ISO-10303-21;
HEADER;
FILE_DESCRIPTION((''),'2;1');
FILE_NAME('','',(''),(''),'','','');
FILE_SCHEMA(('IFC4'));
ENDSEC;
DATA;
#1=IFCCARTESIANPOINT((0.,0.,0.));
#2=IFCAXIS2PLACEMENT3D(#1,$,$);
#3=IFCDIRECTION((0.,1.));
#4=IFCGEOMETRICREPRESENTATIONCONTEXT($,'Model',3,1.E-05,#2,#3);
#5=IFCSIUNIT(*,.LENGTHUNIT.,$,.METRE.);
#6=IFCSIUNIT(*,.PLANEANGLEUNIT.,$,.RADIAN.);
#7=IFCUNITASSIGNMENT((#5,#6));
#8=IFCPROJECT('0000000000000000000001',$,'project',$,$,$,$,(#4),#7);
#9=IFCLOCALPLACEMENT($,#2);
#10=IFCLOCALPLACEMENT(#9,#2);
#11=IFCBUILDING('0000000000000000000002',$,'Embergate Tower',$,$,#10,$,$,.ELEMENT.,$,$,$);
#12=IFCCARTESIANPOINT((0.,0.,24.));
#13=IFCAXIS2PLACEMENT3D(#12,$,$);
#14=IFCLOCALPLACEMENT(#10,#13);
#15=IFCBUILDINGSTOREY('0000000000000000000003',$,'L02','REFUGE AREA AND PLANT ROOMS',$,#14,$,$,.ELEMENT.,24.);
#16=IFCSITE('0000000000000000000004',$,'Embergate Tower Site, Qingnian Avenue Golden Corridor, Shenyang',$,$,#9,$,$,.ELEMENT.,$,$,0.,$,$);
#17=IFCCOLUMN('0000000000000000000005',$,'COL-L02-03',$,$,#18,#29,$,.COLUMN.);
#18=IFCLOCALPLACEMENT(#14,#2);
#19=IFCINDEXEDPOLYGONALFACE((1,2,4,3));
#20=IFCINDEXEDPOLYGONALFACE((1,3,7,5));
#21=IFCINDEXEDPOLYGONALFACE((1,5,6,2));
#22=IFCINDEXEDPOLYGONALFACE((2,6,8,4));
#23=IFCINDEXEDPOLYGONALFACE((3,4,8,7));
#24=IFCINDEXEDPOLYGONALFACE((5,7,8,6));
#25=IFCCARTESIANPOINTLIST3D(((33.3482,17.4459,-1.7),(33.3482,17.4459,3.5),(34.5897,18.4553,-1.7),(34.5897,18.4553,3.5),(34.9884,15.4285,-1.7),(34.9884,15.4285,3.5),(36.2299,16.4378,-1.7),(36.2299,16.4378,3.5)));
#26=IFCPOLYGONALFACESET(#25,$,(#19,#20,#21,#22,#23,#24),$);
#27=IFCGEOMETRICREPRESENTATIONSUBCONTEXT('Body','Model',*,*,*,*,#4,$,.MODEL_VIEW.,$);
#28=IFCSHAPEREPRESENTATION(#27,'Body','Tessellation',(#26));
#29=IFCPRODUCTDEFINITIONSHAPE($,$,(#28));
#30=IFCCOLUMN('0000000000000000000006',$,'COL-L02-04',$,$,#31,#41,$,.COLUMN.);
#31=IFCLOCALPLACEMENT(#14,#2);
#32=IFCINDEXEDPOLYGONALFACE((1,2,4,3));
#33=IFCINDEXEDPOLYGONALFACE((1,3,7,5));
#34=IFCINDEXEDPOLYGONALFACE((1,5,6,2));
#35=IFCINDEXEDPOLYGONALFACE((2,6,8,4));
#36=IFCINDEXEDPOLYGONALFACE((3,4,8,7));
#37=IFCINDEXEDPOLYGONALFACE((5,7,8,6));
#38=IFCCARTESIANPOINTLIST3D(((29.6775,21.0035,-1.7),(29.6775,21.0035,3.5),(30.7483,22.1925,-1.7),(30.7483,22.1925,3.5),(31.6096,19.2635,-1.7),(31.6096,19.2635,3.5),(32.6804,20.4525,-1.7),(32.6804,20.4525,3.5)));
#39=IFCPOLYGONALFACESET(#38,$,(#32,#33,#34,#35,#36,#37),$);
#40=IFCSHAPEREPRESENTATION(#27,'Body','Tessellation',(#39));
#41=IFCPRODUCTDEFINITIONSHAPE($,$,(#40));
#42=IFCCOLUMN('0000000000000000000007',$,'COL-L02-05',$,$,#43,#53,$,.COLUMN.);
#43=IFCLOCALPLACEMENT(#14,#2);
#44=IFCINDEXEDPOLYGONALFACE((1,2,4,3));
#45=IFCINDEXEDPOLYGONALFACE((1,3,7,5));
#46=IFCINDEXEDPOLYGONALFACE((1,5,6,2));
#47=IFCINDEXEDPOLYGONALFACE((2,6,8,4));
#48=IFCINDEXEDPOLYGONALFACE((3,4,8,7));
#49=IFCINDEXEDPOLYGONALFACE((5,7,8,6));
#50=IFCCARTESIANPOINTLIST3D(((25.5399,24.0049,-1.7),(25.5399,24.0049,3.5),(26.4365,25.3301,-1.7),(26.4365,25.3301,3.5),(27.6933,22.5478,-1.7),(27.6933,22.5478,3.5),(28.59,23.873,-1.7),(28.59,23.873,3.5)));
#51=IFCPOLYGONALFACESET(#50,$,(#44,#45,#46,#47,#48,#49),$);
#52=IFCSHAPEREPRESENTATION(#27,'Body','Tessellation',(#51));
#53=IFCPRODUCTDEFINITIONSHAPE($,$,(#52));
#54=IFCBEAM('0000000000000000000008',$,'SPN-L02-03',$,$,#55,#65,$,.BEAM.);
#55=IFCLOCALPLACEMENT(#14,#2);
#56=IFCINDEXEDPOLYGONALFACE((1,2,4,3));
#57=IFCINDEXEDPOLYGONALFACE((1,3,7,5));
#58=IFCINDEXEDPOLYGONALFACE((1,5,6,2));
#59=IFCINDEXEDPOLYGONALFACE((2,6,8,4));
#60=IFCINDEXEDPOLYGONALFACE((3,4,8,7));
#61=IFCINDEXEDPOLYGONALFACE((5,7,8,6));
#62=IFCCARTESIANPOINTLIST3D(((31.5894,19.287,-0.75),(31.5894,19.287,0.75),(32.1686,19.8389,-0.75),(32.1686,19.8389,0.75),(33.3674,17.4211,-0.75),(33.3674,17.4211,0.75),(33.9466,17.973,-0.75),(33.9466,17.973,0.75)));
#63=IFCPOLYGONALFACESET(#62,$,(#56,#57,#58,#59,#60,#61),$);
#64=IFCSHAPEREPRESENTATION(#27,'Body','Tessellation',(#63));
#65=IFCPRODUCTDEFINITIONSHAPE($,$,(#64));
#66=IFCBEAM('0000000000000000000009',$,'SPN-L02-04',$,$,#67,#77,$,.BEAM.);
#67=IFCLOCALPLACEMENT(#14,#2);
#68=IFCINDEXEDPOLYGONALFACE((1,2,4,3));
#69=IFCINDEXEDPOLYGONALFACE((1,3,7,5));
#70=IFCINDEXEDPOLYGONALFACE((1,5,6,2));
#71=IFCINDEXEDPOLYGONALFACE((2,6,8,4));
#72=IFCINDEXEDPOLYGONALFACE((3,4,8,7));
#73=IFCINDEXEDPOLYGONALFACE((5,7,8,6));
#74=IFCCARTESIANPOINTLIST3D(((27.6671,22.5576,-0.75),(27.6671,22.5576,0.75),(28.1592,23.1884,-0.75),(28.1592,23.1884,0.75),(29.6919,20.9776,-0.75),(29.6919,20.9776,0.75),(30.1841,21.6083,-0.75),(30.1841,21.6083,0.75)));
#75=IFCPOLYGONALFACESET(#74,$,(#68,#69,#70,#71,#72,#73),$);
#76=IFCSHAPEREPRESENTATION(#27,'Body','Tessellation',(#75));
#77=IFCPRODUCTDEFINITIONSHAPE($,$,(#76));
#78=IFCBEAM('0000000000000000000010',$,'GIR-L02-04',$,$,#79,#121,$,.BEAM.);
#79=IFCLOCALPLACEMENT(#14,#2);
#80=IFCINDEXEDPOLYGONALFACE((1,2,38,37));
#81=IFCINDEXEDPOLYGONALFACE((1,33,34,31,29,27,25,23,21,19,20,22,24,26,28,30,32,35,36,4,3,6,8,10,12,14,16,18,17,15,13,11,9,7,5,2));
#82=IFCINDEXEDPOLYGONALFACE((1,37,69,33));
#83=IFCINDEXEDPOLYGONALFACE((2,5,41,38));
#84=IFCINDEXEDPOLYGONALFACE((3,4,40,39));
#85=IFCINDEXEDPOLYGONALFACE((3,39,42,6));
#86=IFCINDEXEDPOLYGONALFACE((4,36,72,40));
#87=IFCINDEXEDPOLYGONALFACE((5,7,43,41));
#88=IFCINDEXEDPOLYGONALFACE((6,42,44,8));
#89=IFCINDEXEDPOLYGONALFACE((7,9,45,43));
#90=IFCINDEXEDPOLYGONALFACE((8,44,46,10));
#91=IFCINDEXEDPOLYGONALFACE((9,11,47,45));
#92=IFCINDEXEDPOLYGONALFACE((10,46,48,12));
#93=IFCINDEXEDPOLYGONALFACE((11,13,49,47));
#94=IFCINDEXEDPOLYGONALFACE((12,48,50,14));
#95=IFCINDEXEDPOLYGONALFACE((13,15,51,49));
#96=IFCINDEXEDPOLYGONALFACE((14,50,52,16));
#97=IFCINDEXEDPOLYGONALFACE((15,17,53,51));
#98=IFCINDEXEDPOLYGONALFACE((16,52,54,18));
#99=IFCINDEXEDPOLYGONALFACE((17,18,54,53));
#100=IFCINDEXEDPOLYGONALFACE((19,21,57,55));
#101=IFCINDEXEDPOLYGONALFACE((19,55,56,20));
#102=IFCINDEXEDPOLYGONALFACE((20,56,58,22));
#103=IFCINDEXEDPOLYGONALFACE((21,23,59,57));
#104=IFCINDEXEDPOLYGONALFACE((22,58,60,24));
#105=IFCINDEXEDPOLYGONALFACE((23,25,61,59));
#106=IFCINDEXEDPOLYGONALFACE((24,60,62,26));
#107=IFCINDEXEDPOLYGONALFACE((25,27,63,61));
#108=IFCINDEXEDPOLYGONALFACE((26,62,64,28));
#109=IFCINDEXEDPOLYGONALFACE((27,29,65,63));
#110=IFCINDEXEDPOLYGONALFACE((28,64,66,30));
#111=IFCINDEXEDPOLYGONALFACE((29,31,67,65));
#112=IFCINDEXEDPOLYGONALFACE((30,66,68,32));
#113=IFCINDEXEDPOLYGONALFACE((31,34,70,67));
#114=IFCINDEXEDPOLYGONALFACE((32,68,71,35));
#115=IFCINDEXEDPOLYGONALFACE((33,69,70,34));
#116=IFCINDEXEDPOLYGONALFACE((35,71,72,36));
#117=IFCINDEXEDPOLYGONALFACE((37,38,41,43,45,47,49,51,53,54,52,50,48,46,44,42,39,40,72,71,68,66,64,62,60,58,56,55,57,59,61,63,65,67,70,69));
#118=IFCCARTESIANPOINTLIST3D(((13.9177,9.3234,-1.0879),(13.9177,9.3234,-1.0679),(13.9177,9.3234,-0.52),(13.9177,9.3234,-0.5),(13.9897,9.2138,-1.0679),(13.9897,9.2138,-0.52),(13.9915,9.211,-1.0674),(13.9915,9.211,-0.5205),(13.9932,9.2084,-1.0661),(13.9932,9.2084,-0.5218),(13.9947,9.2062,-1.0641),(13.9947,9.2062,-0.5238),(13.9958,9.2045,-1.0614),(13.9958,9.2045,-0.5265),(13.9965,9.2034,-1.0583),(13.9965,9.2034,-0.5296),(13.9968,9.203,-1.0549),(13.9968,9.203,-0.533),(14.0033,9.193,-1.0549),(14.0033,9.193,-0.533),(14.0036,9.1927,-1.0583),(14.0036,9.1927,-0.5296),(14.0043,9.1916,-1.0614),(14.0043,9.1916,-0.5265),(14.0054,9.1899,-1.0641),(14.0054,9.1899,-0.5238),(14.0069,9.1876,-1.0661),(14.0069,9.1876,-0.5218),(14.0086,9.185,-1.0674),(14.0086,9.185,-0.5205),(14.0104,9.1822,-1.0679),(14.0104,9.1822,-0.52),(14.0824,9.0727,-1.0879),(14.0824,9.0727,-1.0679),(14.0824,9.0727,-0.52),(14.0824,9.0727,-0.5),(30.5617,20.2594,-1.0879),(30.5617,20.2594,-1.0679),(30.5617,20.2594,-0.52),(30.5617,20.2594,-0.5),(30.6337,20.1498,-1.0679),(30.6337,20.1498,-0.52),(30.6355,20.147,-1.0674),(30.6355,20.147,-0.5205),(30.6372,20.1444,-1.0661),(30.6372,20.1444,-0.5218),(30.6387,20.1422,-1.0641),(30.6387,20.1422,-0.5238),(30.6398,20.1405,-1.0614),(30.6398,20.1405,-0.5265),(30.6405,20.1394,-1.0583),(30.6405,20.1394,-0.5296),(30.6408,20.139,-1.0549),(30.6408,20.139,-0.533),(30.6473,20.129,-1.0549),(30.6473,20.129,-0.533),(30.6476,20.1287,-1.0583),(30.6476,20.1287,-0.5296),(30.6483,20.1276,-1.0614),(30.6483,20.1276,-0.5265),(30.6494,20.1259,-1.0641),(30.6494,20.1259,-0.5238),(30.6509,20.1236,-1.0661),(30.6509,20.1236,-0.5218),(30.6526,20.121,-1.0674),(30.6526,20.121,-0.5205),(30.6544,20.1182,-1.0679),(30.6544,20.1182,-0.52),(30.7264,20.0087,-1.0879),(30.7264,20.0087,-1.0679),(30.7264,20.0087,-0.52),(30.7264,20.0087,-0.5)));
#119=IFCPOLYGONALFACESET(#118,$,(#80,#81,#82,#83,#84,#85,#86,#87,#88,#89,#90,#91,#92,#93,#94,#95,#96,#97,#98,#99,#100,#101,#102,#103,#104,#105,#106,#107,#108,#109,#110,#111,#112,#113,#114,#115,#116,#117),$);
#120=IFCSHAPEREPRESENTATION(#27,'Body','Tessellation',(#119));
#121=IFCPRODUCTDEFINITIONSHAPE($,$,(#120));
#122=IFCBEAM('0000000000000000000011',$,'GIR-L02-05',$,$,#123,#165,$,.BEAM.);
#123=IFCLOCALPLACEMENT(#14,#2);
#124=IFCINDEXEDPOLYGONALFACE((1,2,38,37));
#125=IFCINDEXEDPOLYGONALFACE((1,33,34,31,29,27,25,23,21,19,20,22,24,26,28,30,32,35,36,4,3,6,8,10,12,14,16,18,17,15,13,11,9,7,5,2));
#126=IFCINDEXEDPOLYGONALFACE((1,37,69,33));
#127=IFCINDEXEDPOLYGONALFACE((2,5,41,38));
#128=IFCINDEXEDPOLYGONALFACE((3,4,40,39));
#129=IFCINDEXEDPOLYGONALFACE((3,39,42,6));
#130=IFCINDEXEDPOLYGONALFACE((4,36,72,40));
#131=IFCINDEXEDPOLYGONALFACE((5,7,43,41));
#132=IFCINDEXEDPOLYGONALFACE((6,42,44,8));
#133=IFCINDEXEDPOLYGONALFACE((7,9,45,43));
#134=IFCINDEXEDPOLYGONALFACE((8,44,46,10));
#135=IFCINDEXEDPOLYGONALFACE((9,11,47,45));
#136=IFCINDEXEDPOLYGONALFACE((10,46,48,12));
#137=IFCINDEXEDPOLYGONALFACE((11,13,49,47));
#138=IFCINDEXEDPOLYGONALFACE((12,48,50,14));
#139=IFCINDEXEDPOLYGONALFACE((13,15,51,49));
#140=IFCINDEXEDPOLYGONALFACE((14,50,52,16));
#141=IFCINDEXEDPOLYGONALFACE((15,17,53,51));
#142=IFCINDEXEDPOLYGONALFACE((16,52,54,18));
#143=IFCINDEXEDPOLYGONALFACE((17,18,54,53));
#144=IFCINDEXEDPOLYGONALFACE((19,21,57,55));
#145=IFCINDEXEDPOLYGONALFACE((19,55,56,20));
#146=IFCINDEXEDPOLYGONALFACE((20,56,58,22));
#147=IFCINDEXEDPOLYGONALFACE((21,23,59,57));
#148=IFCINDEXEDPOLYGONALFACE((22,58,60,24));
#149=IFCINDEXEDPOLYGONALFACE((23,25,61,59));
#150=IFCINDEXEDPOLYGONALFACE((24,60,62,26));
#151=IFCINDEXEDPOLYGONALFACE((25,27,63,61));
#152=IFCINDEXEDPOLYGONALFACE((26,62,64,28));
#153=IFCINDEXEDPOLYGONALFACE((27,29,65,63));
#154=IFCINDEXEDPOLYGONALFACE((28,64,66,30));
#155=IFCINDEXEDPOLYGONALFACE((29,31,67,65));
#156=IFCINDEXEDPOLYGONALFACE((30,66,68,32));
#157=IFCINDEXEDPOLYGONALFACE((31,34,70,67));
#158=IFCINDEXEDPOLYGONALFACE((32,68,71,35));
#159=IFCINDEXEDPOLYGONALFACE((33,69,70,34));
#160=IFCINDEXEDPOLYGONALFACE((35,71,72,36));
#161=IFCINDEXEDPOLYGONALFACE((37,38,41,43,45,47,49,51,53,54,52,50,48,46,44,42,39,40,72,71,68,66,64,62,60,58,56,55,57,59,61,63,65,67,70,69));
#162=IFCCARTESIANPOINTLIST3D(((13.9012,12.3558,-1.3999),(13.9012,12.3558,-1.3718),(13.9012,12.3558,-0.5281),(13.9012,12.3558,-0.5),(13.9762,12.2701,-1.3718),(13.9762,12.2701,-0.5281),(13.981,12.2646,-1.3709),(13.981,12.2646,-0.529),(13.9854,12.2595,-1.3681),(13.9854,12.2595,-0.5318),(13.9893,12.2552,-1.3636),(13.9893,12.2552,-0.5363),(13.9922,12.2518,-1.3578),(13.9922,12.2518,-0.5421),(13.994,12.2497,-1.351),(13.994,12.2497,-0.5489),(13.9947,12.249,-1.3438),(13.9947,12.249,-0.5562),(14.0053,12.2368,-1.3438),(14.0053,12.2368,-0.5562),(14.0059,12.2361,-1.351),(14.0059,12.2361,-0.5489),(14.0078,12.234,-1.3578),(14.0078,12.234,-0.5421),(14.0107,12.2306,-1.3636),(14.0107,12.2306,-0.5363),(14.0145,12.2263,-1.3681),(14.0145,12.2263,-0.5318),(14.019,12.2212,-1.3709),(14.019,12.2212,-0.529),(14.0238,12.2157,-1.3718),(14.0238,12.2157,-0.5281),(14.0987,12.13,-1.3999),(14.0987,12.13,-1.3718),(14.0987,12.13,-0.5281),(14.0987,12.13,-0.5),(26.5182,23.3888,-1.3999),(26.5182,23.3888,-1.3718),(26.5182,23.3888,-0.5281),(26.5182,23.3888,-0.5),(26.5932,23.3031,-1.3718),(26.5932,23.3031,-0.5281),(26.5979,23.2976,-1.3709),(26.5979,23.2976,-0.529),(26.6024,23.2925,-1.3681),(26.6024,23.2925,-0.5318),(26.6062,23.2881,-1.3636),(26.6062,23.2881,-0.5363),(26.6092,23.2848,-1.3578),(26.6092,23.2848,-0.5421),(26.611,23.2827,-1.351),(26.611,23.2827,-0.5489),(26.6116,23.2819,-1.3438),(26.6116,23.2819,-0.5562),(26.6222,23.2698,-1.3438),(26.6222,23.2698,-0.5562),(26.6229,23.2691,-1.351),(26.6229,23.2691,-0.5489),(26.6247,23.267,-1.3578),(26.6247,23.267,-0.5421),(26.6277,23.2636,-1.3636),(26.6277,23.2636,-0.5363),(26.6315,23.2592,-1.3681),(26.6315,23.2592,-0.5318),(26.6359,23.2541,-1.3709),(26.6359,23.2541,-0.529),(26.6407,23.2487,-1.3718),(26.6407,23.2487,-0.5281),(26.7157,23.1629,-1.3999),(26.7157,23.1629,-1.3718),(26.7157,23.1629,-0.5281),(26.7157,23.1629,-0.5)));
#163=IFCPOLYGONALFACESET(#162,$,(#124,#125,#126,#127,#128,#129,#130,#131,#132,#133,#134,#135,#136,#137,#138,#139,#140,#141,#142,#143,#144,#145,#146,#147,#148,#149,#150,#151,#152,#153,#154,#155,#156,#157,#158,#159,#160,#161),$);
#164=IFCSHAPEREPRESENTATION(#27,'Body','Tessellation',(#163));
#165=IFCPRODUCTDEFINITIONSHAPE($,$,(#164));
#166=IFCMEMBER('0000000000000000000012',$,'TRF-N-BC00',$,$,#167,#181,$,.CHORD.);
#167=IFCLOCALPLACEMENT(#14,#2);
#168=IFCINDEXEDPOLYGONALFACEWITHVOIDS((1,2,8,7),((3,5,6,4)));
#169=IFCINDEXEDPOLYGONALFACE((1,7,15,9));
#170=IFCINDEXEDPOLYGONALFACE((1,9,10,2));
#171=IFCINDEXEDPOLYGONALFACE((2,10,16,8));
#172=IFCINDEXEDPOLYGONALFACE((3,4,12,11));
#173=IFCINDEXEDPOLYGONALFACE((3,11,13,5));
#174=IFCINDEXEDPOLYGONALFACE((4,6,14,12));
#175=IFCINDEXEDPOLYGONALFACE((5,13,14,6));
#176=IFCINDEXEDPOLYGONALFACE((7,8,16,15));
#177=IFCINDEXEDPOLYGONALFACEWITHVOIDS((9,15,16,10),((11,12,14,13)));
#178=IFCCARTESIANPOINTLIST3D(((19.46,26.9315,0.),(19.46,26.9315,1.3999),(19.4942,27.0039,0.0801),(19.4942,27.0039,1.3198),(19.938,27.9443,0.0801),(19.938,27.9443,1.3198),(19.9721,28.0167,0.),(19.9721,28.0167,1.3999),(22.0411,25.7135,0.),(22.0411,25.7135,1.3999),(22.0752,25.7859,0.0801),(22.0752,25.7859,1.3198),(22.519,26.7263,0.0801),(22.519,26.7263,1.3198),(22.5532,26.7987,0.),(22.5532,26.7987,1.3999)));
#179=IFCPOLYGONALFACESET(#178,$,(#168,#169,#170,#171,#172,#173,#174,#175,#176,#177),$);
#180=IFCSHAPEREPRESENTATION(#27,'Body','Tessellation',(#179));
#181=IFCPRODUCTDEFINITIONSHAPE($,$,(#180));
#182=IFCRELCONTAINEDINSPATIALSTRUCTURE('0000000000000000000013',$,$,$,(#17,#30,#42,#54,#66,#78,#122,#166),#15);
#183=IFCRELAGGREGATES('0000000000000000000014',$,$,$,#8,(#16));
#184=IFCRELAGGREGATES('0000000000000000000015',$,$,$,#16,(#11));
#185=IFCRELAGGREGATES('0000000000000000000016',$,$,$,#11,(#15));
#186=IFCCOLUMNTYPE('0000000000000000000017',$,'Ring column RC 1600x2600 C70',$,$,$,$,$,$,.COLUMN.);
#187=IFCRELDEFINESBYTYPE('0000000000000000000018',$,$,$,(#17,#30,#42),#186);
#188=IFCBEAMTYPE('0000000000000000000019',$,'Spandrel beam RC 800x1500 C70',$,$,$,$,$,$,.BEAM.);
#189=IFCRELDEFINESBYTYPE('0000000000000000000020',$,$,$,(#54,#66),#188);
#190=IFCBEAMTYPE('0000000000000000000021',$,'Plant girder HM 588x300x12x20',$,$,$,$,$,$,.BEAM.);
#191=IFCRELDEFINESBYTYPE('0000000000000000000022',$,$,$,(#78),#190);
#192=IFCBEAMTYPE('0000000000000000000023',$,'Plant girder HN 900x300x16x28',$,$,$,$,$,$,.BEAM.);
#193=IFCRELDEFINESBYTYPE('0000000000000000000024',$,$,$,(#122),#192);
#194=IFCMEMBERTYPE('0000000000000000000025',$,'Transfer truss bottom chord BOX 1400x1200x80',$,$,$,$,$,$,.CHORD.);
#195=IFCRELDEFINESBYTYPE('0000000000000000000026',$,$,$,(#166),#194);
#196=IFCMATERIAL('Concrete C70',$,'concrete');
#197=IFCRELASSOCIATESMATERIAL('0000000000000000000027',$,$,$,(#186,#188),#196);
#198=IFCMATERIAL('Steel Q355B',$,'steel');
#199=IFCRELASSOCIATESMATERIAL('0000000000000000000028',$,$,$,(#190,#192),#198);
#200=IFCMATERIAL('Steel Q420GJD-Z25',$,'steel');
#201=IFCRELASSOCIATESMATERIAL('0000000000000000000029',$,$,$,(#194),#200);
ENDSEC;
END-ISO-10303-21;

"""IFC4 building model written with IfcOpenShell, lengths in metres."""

from ifc_helpers import new_model, si_unit, direction, frame, origin, origin_2d, place, context, subcontext, project, spatial, rectangle, hollow_rectangle, i_section, extrude, source, transform, mapped, material, material_profile, profile_set, type_object, element, save


model = new_model("IFC4")

# Units and contexts
model_context = context("Model", 3, precision=1e-05, world=origin(), true_north=direction((0.0, 1.0)))
body_context = subcontext(model_context, "Body", "Model", "MODEL_VIEW")
ifc_project = project(units=[si_unit("LENGTHUNIT", "METRE"), si_unit("PLANEANGLEUNIT", "RADIAN")], contexts=[model_context])

# Site, building, storey
site_placement = place(None, origin())
site = spatial("IfcSite", under=ifc_project, at=site_placement, Name="Embergate Tower Site, Qingnian Avenue Golden Corridor, Shenyang", CompositionType="ELEMENT", RefElevation=0.0)
building_placement = place(site_placement, origin())
building = spatial("IfcBuilding", under=site, at=building_placement, Name="Embergate Tower", CompositionType="ELEMENT")
storey_placement = place(building_placement, frame((0.0, 0.0, 24.0)))
storey = spatial("IfcBuildingStorey", under=building, at=storey_placement, Name="L02", Description="REFUGE AREA AND PLANT ROOMS", CompositionType="ELEMENT", Elevation=24.0)

# Columns
ifc_material_1 = material(Name="Concrete C70", Category="concrete")
ifc_material_profile_1 = material_profile(ifc_material_1, rectangle(XDim=1.6001, YDim=2.6001, at=origin_2d()), Name="RC 1600x2600")
ifc_profile_set_1 = profile_set([ifc_material_profile_1], Name="Concrete C70")
column_type = type_object("IfcColumnType", Name="Ring column RC 1600x2600 C70", PredefinedType="COLUMN", material=ifc_profile_set_1)
shared_shape_1 = source(origin(), body_context, "Body", "SweptSolid", [
    extrude(rectangle(XDim=1.6001, YDim=2.6001, at=origin_2d()), origin(), (0.0, 0.0, 1.0), 5.2),
])
for number, where, z_axis, x_axis, name in (
    (1, (34.7891, 16.9419, -1.7), (0.0, 0.0, 1.0), (0.775925, 0.630825, 0.0), "COL-L02-03"),
    (2, (31.179, 20.728, -1.7), (0.0, 0.0, 1.0), (0.669208, 0.743075, 0.0), "COL-L02-04"),
    (3, (27.0649, 23.939, -1.7), (0.0, 0.0, 1.0), (0.560393, 0.828227, 0.0), "COL-L02-05"),
):
    element("IfcColumn", number, at=place(storey_placement, frame(where, z_axis=z_axis, x_axis=x_axis)), inside=storey, type_object=column_type, Name=name, PredefinedType="COLUMN", context=body_context, shape_type="MappedRepresentation", body=[
        mapped(shared_shape_1, transform((0.0, 0.0, 0.0))),
    ])

# Beams
ifc_material_profile_2 = material_profile(ifc_material_1, rectangle(XDim=0.8, YDim=1.5, at=origin_2d()), Name="RC 800x1500")
ifc_profile_set_2 = profile_set([ifc_material_profile_2], Name="Concrete C70")
beam_type_1 = type_object("IfcBeamType", Name="Spandrel beam RC 800x1500 C70", PredefinedType="BEAM", material=ifc_profile_set_2)
shared_shape_2 = source(origin(), body_context, "Body", "SweptSolid", [
    extrude(rectangle(XDim=0.8, YDim=1.5, at=origin_2d()), origin(), (0.0, 0.0, 1.0), 2.5774),
])
beam_1_placement = place(storey_placement, frame((33.657, 17.697, 0.0), z_axis=(-0.689851, 0.723951, 0.0), x_axis=(-0.723951, -0.689851, 0.0)))
element("IfcBeam", 4, at=beam_1_placement, inside=storey, type_object=beam_type_1, Name="SPN-L02-03", PredefinedType="BEAM", context=body_context, shape_type="MappedRepresentation", body=[
    mapped(shared_shape_2, transform((0.0, 0.0, 0.0))),
])
shared_shape_3 = source(origin(), body_context, "Body", "SweptSolid", [
    extrude(rectangle(XDim=0.8, YDim=1.5, at=origin_2d()), origin(), (0.0, 0.0, 1.0), 2.5684),
])
beam_2_placement = place(storey_placement, frame((29.938, 21.293, 0.0), z_axis=(-0.788379, 0.61519, 0.0), x_axis=(-0.61519, -0.788379, 0.0)))
element("IfcBeam", 5, at=beam_2_placement, inside=storey, type_object=beam_type_1, Name="SPN-L02-04", PredefinedType="BEAM", context=body_context, shape_type="MappedRepresentation", body=[
    mapped(shared_shape_3, transform((0.0, 0.0, 0.0))),
])
ifc_material_2 = material(Name="Steel Q355B", Category="steel")
ifc_material_profile_3 = material_profile(ifc_material_2, i_section(OverallWidth=0.3, OverallDepth=0.5879, WebThickness=0.012, FlangeThickness=0.02, FilletRadius=0.0129, at=origin_2d()), Name="HM 588x300x12x20")
ifc_profile_set_3 = profile_set([ifc_material_profile_3], Name="Steel Q355 grade B")
beam_type_2 = type_object("IfcBeamType", Name="Plant girder HM 588x300x12x20", PredefinedType="BEAM", material=ifc_profile_set_3)
shared_shape_4 = source(origin(), body_context, "Body", "SweptSolid", [
    extrude(i_section(OverallWidth=0.3, OverallDepth=0.5879, WebThickness=0.012, FlangeThickness=0.02, FilletRadius=0.0129, at=origin_2d()), origin(), (0.0, 0.0, 1.0), 19.9153),
])
beam_3_placement = place(storey_placement, frame((30.644, 20.134, -0.7939), z_axis=(-0.83574, -0.549126, 0.0), x_axis=(0.549126, -0.83574, 0.0)))
element("IfcBeam", 6, at=beam_3_placement, inside=storey, type_object=beam_type_2, Name="GIR-L02-04", PredefinedType="BEAM", context=body_context, shape_type="MappedRepresentation", body=[
    mapped(shared_shape_4, transform((0.0, 0.0, 0.0))),
])
ifc_material_profile_4 = material_profile(ifc_material_2, i_section(OverallWidth=0.3, OverallDepth=0.8999, WebThickness=0.0161, FlangeThickness=0.0281, FilletRadius=0.0281, at=origin_2d()), Name="HN 900x300x16x28")
ifc_profile_set_4 = profile_set([ifc_material_profile_4], Name="Steel Q355 grade B")
beam_type_3 = type_object("IfcBeamType", Name="Plant girder HN 900x300x16x28", PredefinedType="BEAM", material=ifc_profile_set_4)
shared_shape_5 = source(origin(), body_context, "Body", "SweptSolid", [
    extrude(i_section(OverallWidth=0.3, OverallDepth=0.8999, WebThickness=0.0161, FlangeThickness=0.0281, FilletRadius=0.0281, at=origin_2d()), origin(), (0.0, 0.0, 1.0), 16.7605),
])
beam_4_placement = place(storey_placement, frame((26.6169, 23.2759, -0.95), z_axis=(-0.75278, -0.658273, 0.0), x_axis=(0.658273, -0.75278, 0.0)))
element("IfcBeam", 7, at=beam_4_placement, inside=storey, type_object=beam_type_3, Name="GIR-L02-05", PredefinedType="BEAM", context=body_context, shape_type="MappedRepresentation", body=[
    mapped(shared_shape_5, transform((0.0, 0.0, 0.0))),
])

# Member
ifc_material_3 = material(Name="Steel Q420GJD-Z25", Category="steel")
ifc_material_profile_5 = material_profile(ifc_material_3, hollow_rectangle(XDim=1.2, YDim=1.3999, WallThickness=0.0801, at=origin_2d()), Name="BOX 1400x1200x80")
ifc_profile_set_5 = profile_set([ifc_material_profile_5], Name="Steel Q420 grade GJD-Z25")
member_type_1 = type_object("IfcMemberType", Name="Transfer truss bottom chord BOX 1400x1200x80", PredefinedType="CHORD", material=ifc_profile_set_5)
shared_shape_6 = source(origin(), body_context, "Body", "SweptSolid", [
    extrude(hollow_rectangle(XDim=1.2, YDim=1.3999, WallThickness=0.0801, at=origin_2d()), origin(), (0.0, 0.0, 1.0), 2.854),
])
member_1_placement = place(storey_placement, frame((22.2971, 26.2561, 0.7), z_axis=(-0.904359, 0.426773, 0.0), x_axis=(-0.426773, -0.904359, 0.0)))
element("IfcMember", 8, at=member_1_placement, inside=storey, type_object=member_type_1, Name="TRF-N-BC00", PredefinedType="CHORD", context=body_context, shape_type="MappedRepresentation", body=[
    mapped(shared_shape_6, transform((0.0, 0.0, 0.0))),
])

save(model, "model.ifc")
